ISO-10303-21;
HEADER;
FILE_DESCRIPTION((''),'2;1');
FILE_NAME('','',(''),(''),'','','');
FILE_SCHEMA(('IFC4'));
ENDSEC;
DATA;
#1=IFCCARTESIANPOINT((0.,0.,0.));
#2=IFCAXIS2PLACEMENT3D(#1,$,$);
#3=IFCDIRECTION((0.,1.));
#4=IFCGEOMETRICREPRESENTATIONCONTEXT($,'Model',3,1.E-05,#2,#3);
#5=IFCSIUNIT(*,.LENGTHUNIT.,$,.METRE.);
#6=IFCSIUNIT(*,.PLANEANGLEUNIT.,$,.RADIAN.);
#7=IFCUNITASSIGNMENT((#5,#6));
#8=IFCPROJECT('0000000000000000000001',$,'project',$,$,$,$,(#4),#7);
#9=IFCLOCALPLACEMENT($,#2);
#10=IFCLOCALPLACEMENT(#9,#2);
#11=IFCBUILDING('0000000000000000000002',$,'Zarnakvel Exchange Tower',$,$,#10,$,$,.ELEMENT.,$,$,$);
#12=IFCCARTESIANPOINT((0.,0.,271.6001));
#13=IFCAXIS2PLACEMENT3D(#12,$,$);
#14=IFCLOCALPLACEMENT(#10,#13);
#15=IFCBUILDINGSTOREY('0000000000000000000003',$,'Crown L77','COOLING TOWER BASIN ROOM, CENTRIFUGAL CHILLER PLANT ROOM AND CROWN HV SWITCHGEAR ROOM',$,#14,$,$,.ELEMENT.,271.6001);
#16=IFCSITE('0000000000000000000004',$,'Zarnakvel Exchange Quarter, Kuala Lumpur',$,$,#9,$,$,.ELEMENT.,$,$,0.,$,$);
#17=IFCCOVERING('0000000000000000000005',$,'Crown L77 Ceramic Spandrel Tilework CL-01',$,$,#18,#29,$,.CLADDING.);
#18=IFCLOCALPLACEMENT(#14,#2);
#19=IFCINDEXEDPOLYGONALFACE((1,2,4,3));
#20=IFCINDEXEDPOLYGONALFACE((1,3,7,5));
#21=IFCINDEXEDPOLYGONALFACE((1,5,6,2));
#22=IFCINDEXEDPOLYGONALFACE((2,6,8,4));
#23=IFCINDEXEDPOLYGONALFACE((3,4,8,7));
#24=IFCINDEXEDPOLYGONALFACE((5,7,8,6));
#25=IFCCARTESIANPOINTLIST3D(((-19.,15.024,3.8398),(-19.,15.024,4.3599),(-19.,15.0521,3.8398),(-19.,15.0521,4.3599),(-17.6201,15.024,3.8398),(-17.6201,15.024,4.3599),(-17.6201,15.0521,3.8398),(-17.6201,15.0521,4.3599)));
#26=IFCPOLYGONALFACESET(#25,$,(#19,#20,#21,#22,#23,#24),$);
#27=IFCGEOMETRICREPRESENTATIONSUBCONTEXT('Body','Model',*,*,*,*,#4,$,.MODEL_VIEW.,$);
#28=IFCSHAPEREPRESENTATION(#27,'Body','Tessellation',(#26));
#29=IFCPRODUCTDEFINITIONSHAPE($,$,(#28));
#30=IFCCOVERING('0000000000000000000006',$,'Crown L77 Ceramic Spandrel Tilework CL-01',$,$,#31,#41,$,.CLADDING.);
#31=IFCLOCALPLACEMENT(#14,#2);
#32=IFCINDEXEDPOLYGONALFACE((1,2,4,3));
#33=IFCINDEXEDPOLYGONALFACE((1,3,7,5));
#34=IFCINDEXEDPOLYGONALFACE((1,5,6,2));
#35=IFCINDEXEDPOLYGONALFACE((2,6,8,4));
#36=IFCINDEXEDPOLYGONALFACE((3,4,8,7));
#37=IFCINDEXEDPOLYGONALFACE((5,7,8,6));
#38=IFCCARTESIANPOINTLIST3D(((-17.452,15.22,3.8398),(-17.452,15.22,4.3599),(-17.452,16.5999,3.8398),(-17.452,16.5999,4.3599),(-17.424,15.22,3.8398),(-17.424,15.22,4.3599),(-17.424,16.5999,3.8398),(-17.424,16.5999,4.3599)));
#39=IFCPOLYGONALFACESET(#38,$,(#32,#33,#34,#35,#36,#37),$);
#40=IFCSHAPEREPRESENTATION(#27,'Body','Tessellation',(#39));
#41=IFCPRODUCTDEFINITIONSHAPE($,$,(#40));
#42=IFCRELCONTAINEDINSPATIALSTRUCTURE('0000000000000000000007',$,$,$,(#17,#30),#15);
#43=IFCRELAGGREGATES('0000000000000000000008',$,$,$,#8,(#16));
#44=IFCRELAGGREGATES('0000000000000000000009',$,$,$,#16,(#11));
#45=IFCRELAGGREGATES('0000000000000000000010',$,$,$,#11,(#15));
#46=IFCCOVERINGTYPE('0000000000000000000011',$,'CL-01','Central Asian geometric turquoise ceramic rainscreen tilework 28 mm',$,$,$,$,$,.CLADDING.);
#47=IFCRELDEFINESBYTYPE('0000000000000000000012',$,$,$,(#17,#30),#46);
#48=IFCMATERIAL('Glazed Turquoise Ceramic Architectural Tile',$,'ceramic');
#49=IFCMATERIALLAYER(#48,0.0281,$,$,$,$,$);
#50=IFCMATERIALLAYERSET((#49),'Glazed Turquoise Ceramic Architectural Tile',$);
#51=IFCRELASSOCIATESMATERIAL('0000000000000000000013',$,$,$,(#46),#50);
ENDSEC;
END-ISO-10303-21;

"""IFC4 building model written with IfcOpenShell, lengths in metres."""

from ifc_helpers import new_model, si_unit, direction, frame, origin, origin_2d, place, context, subcontext, project, spatial, rectangle, extrude, source, transform, mapped, material, layer, layer_set, type_object, element, save


model = new_model("IFC4")

# Units and contexts
model_context = context("Model", 3, precision=1e-05, world=origin(), true_north=direction((0.0, 1.0)))
body_context = subcontext(model_context, "Body", "Model", "MODEL_VIEW")
ifc_project = project(units=[si_unit("LENGTHUNIT", "METRE"), si_unit("PLANEANGLEUNIT", "RADIAN")], contexts=[model_context])

# Site, building, storey
site_placement = place(None, origin())
site = spatial("IfcSite", under=ifc_project, at=site_placement, Name="Zarnakvel Exchange Quarter, Kuala Lumpur", CompositionType="ELEMENT", RefElevation=0.0)
building_placement = place(site_placement, origin())
building = spatial("IfcBuilding", under=site, at=building_placement, Name="Zarnakvel Exchange Tower", CompositionType="ELEMENT")
storey_placement = place(building_placement, frame((0.0, 0.0, 271.6001)))
storey = spatial("IfcBuildingStorey", under=building, at=storey_placement, Name="Crown L77", Description="COOLING TOWER BASIN ROOM, CENTRIFUGAL CHILLER PLANT ROOM AND CROWN HV SWITCHGEAR ROOM", CompositionType="ELEMENT", Elevation=271.6001)

# Coverings
ifc_material_1 = material(Name="Glazed Turquoise Ceramic Architectural Tile", Category="ceramic")
ifc_layer_1 = layer(ifc_material_1, 0.0281)
ifc_layer_set_1 = layer_set([ifc_layer_1], Name="Glazed Turquoise Ceramic Architectural Tile")
covering_type = type_object("IfcCoveringType", Name="CL-01", Description="Central Asian geometric turquoise ceramic rainscreen tilework 28 mm", PredefinedType="CLADDING", material=ifc_layer_set_1)
shared_shape_1 = source(origin(), body_context, "Body", "SweptSolid", [
    extrude(rectangle(XDim=1.3799, YDim=0.0281, at=origin_2d()), origin(), (0.0, 0.0, 1.0), 0.52),
])
for number, where, z_axis, x_axis, name in (
    (1, (-18.3101, 15.0381, 3.8398), (0.0, 0.0, 1.0), (-1.0, 0.0, 0.0), "Crown L77 Ceramic Spandrel Tilework CL-01"),
    (2, (-17.438, 15.9099, 3.8398), (0.0, 0.0, 1.0), (0.0, -1.0, 0.0), "Crown L77 Ceramic Spandrel Tilework CL-01"),
):
    element("IfcCovering", number, at=place(storey_placement, frame(where, z_axis=z_axis, x_axis=x_axis)), inside=storey, type_object=covering_type, Name=name, PredefinedType="CLADDING", context=body_context, shape_type="MappedRepresentation", body=[
        mapped(shared_shape_1, transform((0.0, 0.0, 0.0), x_axis=(1.0, 0.0, 0.0), y_axis=(0.0, 1.0, 0.0), z_axis=(0.0, 0.0, 1.0), scale=1.0)),
    ])

save(model, "model.ifc")
